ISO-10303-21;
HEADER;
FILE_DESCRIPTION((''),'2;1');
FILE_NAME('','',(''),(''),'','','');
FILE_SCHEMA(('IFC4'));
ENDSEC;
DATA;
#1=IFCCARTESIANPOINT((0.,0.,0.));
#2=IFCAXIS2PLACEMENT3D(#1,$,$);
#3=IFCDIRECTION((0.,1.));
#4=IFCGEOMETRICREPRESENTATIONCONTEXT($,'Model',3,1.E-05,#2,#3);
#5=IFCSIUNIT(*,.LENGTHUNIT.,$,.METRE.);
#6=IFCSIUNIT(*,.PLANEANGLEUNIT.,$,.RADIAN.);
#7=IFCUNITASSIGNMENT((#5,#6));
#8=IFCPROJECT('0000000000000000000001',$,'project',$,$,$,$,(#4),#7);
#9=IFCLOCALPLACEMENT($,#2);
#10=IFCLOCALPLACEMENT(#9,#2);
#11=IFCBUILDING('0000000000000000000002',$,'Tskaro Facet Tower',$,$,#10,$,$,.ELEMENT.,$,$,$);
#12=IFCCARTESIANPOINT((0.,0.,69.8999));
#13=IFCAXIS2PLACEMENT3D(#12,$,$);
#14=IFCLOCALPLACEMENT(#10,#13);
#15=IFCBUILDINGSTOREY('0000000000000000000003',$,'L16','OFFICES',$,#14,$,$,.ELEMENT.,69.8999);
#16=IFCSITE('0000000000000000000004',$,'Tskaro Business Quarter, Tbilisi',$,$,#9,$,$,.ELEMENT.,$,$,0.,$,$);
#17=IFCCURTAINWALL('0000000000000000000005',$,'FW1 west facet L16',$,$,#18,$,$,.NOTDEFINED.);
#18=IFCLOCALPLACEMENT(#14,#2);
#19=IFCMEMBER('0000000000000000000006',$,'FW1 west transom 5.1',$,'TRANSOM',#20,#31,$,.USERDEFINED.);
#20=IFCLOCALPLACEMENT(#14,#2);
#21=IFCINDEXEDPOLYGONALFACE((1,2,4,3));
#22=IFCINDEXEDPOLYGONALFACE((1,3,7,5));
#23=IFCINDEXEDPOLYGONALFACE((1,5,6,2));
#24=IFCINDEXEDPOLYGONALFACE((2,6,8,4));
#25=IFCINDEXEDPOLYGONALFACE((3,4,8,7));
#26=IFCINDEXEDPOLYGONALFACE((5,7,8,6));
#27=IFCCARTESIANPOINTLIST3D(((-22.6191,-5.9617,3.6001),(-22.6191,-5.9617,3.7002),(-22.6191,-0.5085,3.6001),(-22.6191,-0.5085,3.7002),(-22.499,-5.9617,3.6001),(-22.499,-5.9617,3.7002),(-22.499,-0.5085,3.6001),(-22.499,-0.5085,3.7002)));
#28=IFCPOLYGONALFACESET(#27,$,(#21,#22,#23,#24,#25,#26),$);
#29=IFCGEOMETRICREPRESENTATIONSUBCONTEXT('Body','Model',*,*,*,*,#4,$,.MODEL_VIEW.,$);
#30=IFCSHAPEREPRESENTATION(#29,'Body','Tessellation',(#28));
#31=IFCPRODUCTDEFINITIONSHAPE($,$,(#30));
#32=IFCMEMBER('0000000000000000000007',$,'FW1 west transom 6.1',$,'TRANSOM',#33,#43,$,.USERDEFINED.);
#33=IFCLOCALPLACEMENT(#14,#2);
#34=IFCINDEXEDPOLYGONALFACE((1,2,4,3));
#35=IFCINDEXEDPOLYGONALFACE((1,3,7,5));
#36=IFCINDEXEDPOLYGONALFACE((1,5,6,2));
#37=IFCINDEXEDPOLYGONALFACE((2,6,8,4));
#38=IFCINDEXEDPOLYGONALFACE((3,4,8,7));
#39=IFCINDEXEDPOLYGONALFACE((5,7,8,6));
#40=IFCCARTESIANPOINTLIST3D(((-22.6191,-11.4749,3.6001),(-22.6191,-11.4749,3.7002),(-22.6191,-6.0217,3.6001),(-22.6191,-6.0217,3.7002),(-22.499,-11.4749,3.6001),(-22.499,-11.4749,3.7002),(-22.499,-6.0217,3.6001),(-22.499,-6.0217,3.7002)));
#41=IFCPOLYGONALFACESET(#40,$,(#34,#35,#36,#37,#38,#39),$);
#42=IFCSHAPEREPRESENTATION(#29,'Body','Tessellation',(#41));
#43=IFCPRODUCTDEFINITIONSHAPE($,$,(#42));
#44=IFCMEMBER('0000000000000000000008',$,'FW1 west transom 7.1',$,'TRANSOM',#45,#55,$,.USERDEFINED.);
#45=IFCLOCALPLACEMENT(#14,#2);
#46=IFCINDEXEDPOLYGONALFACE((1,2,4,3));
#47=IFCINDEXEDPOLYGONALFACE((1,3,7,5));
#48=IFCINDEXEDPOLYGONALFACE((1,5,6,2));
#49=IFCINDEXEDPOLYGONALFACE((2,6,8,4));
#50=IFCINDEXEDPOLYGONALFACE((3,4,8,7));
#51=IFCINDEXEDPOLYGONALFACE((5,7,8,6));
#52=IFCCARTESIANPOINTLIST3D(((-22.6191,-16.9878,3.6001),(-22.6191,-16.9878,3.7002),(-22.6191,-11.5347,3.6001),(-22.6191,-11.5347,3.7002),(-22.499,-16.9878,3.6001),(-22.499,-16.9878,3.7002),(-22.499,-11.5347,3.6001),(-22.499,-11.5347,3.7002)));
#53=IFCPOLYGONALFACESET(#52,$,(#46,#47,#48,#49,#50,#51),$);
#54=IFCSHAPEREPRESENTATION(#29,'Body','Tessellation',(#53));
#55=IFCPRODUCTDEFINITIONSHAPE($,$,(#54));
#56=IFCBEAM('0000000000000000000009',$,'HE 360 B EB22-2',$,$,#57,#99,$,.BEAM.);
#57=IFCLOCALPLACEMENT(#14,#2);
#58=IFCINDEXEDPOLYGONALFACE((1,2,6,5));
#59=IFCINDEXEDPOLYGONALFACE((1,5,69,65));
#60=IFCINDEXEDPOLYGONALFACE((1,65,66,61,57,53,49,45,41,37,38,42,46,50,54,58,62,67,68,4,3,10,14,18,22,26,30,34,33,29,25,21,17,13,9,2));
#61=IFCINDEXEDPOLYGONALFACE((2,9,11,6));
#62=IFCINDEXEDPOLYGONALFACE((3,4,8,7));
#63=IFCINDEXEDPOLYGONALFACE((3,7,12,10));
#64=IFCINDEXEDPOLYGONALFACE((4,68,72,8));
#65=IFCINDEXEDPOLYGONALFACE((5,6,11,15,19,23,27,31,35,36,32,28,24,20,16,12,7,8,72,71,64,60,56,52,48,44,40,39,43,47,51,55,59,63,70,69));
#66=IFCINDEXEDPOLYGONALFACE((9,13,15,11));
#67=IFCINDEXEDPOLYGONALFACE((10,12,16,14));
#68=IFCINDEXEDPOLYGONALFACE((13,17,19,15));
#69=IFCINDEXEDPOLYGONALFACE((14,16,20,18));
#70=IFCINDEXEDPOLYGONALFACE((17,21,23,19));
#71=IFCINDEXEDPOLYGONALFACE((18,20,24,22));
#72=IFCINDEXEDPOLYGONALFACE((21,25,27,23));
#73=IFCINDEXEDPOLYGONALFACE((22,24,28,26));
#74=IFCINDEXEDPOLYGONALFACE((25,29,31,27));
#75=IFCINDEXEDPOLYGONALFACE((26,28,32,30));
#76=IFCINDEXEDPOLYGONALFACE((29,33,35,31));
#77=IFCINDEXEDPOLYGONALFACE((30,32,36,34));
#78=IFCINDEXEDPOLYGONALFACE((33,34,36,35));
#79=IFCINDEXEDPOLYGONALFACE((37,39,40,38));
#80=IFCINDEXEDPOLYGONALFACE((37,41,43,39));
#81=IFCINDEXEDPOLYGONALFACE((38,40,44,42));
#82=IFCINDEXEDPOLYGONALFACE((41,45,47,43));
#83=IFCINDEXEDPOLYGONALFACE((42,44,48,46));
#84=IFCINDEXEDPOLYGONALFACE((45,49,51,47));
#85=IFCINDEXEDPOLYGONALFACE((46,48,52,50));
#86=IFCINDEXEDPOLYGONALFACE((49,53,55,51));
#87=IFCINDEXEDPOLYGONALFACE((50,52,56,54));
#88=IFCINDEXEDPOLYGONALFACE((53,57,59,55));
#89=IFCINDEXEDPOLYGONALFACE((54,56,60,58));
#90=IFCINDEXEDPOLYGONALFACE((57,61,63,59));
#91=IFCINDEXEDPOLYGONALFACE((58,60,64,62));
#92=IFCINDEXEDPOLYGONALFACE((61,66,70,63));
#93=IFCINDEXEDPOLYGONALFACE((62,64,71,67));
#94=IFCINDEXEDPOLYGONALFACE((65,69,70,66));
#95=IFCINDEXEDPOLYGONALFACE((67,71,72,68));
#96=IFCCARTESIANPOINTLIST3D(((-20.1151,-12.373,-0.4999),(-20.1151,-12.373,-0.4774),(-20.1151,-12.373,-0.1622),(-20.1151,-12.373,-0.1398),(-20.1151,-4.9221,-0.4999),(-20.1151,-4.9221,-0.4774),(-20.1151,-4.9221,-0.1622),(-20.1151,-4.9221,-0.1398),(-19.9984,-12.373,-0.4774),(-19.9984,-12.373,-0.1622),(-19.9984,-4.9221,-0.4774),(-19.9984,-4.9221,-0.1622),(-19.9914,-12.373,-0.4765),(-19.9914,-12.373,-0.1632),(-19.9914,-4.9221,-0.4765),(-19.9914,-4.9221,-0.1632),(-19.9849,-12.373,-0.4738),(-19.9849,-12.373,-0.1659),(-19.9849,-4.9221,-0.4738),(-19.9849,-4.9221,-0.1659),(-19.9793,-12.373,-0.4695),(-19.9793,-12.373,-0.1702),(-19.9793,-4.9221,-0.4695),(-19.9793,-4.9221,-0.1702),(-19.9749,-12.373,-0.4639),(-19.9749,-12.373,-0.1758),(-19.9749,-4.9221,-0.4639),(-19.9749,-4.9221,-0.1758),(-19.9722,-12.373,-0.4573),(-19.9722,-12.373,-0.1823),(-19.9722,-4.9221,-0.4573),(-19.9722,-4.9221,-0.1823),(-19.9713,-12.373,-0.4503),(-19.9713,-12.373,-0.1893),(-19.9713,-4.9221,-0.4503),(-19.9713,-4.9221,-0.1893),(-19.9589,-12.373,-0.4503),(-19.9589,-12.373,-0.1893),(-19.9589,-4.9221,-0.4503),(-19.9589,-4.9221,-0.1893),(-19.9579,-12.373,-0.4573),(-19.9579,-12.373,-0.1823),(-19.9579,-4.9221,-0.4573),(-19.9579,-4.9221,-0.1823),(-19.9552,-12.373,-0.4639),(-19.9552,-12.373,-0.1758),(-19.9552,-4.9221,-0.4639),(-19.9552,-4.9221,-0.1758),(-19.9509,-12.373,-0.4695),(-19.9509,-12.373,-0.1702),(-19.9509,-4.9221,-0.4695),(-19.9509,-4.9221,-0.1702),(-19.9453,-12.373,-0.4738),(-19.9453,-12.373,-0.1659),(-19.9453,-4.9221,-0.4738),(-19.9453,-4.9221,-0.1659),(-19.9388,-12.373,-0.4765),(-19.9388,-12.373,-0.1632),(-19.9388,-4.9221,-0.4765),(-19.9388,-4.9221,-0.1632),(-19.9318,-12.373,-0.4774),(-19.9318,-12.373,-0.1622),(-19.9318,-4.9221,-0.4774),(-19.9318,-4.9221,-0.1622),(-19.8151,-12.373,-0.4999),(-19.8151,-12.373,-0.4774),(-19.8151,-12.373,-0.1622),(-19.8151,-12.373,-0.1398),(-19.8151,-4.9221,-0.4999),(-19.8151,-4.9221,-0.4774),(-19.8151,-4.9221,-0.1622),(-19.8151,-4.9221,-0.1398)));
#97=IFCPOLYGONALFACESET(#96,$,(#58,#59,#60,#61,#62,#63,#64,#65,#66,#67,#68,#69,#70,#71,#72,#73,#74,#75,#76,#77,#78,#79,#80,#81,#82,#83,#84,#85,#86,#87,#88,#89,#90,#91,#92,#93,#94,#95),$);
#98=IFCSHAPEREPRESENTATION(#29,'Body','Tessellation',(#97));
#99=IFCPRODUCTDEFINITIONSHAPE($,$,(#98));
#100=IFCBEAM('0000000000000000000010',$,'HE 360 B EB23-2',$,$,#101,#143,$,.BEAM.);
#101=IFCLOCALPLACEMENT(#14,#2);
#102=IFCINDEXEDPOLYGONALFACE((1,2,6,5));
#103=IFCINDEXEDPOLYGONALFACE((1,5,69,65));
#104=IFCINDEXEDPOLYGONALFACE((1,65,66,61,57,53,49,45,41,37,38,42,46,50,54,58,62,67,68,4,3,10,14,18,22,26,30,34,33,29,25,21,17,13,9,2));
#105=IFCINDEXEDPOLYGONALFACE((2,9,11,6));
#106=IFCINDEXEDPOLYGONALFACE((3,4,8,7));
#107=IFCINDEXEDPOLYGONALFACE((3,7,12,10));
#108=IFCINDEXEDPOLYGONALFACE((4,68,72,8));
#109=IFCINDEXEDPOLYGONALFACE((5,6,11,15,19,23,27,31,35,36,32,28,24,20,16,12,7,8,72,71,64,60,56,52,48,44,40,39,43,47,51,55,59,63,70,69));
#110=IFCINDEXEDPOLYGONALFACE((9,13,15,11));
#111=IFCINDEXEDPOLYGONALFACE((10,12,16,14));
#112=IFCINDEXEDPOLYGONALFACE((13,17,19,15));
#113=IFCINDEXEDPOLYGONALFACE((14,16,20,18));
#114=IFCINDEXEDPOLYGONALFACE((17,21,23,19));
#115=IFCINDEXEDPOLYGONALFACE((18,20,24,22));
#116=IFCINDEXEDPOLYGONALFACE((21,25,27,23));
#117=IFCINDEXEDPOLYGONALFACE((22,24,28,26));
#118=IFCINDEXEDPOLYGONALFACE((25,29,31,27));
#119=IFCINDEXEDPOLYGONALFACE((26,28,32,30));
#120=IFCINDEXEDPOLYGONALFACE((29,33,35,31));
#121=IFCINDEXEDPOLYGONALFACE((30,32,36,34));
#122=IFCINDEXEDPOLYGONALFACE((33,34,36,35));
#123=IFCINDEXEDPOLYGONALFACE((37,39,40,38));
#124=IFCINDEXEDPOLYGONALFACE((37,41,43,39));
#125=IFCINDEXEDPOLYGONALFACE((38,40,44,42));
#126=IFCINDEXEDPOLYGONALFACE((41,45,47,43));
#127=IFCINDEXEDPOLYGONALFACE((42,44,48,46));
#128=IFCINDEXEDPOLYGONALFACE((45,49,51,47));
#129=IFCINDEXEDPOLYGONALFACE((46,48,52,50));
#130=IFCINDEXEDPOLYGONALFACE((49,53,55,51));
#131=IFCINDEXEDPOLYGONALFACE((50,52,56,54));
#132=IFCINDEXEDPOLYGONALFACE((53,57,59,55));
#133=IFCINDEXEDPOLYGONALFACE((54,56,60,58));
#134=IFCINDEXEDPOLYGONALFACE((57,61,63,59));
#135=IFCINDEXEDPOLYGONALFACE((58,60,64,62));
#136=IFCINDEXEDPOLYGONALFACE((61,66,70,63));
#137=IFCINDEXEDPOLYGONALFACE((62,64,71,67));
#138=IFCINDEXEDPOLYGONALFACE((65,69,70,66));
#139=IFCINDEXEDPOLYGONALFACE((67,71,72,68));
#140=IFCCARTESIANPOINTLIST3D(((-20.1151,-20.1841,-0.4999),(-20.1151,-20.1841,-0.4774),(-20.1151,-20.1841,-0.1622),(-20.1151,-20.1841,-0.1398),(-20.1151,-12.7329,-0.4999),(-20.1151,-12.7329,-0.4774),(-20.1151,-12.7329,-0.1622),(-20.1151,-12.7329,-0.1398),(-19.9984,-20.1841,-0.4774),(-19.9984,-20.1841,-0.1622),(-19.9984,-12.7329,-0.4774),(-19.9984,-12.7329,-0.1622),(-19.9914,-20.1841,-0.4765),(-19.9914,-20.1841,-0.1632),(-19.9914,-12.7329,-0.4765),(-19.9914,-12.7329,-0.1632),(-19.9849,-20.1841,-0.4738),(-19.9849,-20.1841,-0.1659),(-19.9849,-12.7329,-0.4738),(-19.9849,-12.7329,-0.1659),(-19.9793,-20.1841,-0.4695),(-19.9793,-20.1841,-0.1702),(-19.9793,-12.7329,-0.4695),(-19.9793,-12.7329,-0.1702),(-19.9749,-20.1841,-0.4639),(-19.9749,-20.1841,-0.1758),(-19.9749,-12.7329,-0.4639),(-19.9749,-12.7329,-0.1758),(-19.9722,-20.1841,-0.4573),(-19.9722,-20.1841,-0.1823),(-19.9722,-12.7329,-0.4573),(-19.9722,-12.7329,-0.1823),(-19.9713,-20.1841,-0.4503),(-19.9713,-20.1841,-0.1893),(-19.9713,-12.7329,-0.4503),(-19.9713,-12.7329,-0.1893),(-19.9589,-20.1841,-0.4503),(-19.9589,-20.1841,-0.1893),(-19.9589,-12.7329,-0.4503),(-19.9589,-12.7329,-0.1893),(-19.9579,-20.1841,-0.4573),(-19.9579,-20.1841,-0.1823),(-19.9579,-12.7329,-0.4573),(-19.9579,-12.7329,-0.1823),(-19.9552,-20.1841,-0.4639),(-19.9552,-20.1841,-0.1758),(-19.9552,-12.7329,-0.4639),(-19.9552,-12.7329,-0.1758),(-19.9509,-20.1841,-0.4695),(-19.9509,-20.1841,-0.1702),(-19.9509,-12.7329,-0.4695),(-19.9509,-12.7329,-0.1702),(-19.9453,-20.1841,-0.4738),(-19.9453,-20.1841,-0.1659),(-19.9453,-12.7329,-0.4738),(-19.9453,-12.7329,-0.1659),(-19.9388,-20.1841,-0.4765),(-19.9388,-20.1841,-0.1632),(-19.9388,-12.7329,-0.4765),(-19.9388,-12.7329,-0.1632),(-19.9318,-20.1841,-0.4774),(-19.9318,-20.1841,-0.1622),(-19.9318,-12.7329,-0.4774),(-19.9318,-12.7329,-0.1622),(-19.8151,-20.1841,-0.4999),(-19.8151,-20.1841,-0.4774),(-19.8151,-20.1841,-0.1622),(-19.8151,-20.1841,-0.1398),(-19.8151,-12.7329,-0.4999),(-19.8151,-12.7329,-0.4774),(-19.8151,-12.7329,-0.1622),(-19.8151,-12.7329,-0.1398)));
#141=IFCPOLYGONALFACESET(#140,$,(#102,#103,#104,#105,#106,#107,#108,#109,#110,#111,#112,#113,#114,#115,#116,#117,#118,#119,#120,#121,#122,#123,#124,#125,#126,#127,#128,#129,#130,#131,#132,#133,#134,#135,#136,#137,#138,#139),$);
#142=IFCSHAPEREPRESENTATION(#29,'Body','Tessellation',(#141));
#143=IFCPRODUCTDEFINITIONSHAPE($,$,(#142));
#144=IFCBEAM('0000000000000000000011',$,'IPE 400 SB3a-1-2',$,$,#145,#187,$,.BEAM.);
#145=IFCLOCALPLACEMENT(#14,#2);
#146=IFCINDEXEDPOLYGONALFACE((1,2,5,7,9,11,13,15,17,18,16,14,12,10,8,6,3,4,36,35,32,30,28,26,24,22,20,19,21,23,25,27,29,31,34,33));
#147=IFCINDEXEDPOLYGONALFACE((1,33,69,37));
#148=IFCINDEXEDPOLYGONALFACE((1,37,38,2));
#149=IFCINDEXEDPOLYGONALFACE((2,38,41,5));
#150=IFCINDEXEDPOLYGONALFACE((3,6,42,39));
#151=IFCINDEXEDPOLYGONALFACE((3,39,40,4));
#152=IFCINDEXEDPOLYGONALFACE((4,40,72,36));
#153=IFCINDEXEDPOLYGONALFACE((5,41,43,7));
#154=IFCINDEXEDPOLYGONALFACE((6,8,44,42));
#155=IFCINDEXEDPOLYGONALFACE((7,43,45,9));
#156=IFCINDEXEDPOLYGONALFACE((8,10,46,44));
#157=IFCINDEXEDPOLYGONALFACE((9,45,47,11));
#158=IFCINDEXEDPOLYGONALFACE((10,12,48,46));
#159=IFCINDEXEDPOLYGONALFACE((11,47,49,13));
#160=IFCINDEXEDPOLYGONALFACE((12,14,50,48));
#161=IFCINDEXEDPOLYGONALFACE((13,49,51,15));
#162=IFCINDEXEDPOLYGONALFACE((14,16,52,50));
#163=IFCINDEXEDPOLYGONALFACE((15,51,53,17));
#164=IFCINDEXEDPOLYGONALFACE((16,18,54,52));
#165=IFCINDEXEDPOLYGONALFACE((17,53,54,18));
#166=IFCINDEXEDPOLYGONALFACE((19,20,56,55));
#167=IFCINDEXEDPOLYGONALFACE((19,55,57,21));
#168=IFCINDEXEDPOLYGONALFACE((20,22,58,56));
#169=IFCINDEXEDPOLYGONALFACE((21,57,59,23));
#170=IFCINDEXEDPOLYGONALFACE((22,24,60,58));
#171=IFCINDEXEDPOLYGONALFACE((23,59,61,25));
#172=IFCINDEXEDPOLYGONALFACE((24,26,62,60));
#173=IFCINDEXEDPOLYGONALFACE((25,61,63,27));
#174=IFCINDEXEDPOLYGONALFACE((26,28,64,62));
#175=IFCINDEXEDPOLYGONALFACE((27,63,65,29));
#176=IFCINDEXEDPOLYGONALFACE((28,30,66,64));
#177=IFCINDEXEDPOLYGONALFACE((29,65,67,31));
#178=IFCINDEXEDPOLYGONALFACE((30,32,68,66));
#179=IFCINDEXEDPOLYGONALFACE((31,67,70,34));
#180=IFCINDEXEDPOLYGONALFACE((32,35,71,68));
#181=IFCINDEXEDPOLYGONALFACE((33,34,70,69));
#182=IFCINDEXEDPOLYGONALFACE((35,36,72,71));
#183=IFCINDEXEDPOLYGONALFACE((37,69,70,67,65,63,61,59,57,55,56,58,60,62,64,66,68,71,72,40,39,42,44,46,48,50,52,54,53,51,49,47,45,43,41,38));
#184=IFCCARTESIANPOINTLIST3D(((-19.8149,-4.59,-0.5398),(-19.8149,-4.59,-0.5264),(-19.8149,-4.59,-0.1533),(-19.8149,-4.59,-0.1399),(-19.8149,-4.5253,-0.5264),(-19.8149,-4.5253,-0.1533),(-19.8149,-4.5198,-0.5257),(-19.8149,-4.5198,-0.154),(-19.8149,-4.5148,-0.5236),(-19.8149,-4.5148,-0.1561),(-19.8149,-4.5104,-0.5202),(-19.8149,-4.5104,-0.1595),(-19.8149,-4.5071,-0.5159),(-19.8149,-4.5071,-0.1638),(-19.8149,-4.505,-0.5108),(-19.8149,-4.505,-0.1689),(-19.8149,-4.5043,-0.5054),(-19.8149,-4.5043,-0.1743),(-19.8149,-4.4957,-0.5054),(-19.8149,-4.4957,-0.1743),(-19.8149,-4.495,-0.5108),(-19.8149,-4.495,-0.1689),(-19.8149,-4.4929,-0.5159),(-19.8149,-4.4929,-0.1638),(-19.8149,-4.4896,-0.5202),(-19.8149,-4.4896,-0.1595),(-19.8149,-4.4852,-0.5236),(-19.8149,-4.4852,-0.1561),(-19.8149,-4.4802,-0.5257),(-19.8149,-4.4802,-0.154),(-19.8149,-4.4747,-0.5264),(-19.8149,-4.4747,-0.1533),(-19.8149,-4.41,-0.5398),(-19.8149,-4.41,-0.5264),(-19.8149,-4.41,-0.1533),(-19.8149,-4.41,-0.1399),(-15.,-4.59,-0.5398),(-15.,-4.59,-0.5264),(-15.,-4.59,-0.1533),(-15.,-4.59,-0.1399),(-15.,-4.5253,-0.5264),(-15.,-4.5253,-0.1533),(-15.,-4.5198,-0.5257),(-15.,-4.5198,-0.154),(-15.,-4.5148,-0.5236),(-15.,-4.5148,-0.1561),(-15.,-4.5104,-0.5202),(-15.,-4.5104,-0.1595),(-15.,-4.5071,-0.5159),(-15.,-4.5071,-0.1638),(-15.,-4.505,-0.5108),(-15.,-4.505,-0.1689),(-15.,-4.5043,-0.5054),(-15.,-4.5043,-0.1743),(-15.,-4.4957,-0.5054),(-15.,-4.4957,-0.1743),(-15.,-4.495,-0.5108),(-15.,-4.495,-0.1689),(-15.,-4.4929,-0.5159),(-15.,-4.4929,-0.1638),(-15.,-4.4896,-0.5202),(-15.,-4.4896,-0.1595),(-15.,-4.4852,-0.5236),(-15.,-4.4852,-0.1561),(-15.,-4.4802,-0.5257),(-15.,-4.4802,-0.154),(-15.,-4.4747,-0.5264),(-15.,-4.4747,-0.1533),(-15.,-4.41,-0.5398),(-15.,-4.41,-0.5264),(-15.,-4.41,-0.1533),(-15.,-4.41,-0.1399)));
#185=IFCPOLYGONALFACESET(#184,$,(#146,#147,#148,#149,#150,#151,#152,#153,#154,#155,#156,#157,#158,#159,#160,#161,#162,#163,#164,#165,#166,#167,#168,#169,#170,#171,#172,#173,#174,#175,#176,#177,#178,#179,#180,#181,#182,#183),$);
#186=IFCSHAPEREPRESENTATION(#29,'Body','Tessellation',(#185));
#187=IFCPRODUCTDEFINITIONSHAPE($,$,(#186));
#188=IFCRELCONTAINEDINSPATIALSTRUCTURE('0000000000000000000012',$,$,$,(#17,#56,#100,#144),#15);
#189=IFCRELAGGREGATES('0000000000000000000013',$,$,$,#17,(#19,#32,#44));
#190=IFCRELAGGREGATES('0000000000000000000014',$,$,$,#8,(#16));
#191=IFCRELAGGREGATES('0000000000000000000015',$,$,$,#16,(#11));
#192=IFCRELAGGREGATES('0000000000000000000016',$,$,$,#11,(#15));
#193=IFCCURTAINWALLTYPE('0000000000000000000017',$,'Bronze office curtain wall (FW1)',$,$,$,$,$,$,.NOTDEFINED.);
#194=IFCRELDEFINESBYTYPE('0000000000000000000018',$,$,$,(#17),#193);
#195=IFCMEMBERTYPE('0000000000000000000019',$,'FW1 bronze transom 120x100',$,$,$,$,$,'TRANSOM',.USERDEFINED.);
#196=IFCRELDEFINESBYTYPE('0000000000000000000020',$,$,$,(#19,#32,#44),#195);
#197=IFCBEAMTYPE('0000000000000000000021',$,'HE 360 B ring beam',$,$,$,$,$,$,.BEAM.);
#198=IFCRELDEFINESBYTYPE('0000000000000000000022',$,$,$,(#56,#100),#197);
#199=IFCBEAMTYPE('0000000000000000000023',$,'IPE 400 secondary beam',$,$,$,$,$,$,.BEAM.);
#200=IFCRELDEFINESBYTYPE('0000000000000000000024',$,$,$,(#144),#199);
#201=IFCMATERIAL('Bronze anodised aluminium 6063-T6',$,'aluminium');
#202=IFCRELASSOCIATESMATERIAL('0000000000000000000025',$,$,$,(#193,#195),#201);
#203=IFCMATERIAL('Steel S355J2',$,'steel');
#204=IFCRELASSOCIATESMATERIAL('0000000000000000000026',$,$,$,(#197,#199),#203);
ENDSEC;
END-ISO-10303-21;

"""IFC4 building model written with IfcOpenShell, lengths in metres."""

from ifc_helpers import new_model, si_unit, direction, frame, origin, origin_2d, place, context, subcontext, project, spatial, rectangle, i_section, extrude, material, material_profile, profile_set, type_object, element, aggregate, save


model = new_model("IFC4")

# Units and contexts
model_context = context("Model", 3, precision=1e-05, world=origin(), true_north=direction((0.0, 1.0)))
body_context = subcontext(model_context, "Body", "Model", "MODEL_VIEW")
ifc_project = project(units=[si_unit("LENGTHUNIT", "METRE"), si_unit("PLANEANGLEUNIT", "RADIAN")], contexts=[model_context])

# Site, building, storey
site_placement = place(None, origin())
site = spatial("IfcSite", under=ifc_project, at=site_placement, Name="Tskaro Business Quarter, Tbilisi", CompositionType="ELEMENT", RefElevation=0.0)
building_placement = place(site_placement, origin())
building = spatial("IfcBuilding", under=site, at=building_placement, Name="Tskaro Facet Tower", CompositionType="ELEMENT")
storey_placement = place(building_placement, frame((0.0, 0.0, 69.8999)))
storey = spatial("IfcBuildingStorey", under=building, at=storey_placement, Name="L16", Description="OFFICES", CompositionType="ELEMENT", Elevation=69.8999)

# Curtain wall, members
ifc_material_1 = material(Name="Bronze anodised aluminium 6063-T6", Category="aluminium")
curtain_wall_type = type_object("IfcCurtainWallType", Name="Bronze office curtain wall (FW1)", PredefinedType="NOTDEFINED", material=ifc_material_1)
curtain_wall_placement = place(storey_placement, origin())
curtain_wall = element("IfcCurtainWall", 1, at=curtain_wall_placement, inside=storey, type_object=curtain_wall_type, Name="FW1 west facet L16", PredefinedType="NOTDEFINED")
ifc_material_profile_1 = material_profile(ifc_material_1, rectangle(XDim=0.1201, YDim=0.1001, at=origin_2d()), Name="Transom 120x100")
ifc_profile_set_1 = profile_set([ifc_material_profile_1], Name="Bronze anodised aluminium 6063-T6")
member_type_1 = type_object("IfcMemberType", Name="FW1 bronze transom 120x100", ElementType="TRANSOM", PredefinedType="USERDEFINED", material=ifc_profile_set_1)
member_1_placement = place(storey_placement, frame((-22.5591, -0.5085, 3.6501), z_axis=(0.0, -1.0, 0.0), x_axis=(1.0, 0.0, 0.0)))
member_1 = element("IfcMember", 2, at=member_1_placement, type_object=member_type_1, Name="FW1 west transom 5.1", ObjectType="TRANSOM", PredefinedType="USERDEFINED", context=body_context, shape_type="SweptSolid", body=[
    extrude(rectangle(XDim=0.1201, YDim=0.1001, at=origin_2d()), origin(), (0.0, 0.0, 1.0), 5.4531),
])
member_2_placement = place(storey_placement, frame((-22.5591, -6.0217, 3.6501), z_axis=(0.0, -1.0, 0.0), x_axis=(1.0, 0.0, 0.0)))
member_2 = element("IfcMember", 3, at=member_2_placement, type_object=member_type_1, Name="FW1 west transom 6.1", ObjectType="TRANSOM", PredefinedType="USERDEFINED", context=body_context, shape_type="SweptSolid", body=[
    extrude(rectangle(XDim=0.1201, YDim=0.1001, at=origin_2d()), origin(), (0.0, 0.0, 1.0), 5.4531),
])
member_3_placement = place(storey_placement, frame((-22.5591, -11.5347, 3.6501), z_axis=(0.0, -1.0, 0.0), x_axis=(1.0, 0.0, 0.0)))
member_3 = element("IfcMember", 4, at=member_3_placement, type_object=member_type_1, Name="FW1 west transom 7.1", ObjectType="TRANSOM", PredefinedType="USERDEFINED", context=body_context, shape_type="SweptSolid", body=[
    extrude(rectangle(XDim=0.1201, YDim=0.1001, at=origin_2d()), origin(), (0.0, 0.0, 1.0), 5.4531),
])

# Beams
ifc_material_2 = material(Name="Steel S355J2", Category="steel")
ifc_material_profile_2 = material_profile(ifc_material_2, i_section(OverallWidth=0.3, OverallDepth=0.3601, WebThickness=0.0125, FlangeThickness=0.0225, FilletRadius=0.0271, at=origin_2d()), Name="HE 360 B")
ifc_profile_set_2 = profile_set([ifc_material_profile_2], Name="Steel S355J2")
beam_type_1 = type_object("IfcBeamType", Name="HE 360 B ring beam", PredefinedType="BEAM", material=ifc_profile_set_2)
beam_1_placement = place(storey_placement, frame((-19.9651, -4.9221, -0.3198), z_axis=(0.0, -1.0, 0.0), x_axis=(1.0, 0.0, 0.0)))
element("IfcBeam", 5, at=beam_1_placement, inside=storey, type_object=beam_type_1, Name="HE 360 B EB22-2", PredefinedType="BEAM", context=body_context, shape_type="SweptSolid", body=[
    extrude(i_section(OverallWidth=0.3, OverallDepth=0.3601, WebThickness=0.0125, FlangeThickness=0.0225, FilletRadius=0.0271, at=origin_2d()), origin(), (0.0, 0.0, 1.0), 7.4509),
])
beam_2_placement = place(storey_placement, frame((-19.9651, -12.7329, -0.3198), z_axis=(0.0, -1.0, 0.0), x_axis=(1.0, 0.0, 0.0)))
element("IfcBeam", 6, at=beam_2_placement, inside=storey, type_object=beam_type_1, Name="HE 360 B EB23-2", PredefinedType="BEAM", context=body_context, shape_type="SweptSolid", body=[
    extrude(i_section(OverallWidth=0.3, OverallDepth=0.3601, WebThickness=0.0125, FlangeThickness=0.0225, FilletRadius=0.0271, at=origin_2d()), origin(), (0.0, 0.0, 1.0), 7.4512),
])
ifc_material_profile_3 = material_profile(ifc_material_2, i_section(OverallWidth=0.1799, OverallDepth=0.3999, WebThickness=0.0085, FlangeThickness=0.0134, FilletRadius=0.021, at=origin_2d()), Name="IPE 400")
ifc_profile_set_3 = profile_set([ifc_material_profile_3], Name="Steel S355J2")
beam_type_2 = type_object("IfcBeamType", Name="IPE 400 secondary beam", PredefinedType="BEAM", material=ifc_profile_set_3)
beam_3_placement = place(storey_placement, frame((-19.8149, -4.5, -0.3398), z_axis=(1.0, 0.0, 0.0), x_axis=(0.0, 1.0, 0.0)))
element("IfcBeam", 7, at=beam_3_placement, inside=storey, type_object=beam_type_2, Name="IPE 400 SB3a-1-2", PredefinedType="BEAM", context=body_context, shape_type="SweptSolid", body=[
    extrude(i_section(OverallWidth=0.1799, OverallDepth=0.3999, WebThickness=0.0085, FlangeThickness=0.0134, FilletRadius=0.021, at=origin_2d()), origin(), (0.0, 0.0, 1.0), 4.8149),
])

aggregate(curtain_wall, [member_1, member_2, member_3])

save(model, "model.ifc")
